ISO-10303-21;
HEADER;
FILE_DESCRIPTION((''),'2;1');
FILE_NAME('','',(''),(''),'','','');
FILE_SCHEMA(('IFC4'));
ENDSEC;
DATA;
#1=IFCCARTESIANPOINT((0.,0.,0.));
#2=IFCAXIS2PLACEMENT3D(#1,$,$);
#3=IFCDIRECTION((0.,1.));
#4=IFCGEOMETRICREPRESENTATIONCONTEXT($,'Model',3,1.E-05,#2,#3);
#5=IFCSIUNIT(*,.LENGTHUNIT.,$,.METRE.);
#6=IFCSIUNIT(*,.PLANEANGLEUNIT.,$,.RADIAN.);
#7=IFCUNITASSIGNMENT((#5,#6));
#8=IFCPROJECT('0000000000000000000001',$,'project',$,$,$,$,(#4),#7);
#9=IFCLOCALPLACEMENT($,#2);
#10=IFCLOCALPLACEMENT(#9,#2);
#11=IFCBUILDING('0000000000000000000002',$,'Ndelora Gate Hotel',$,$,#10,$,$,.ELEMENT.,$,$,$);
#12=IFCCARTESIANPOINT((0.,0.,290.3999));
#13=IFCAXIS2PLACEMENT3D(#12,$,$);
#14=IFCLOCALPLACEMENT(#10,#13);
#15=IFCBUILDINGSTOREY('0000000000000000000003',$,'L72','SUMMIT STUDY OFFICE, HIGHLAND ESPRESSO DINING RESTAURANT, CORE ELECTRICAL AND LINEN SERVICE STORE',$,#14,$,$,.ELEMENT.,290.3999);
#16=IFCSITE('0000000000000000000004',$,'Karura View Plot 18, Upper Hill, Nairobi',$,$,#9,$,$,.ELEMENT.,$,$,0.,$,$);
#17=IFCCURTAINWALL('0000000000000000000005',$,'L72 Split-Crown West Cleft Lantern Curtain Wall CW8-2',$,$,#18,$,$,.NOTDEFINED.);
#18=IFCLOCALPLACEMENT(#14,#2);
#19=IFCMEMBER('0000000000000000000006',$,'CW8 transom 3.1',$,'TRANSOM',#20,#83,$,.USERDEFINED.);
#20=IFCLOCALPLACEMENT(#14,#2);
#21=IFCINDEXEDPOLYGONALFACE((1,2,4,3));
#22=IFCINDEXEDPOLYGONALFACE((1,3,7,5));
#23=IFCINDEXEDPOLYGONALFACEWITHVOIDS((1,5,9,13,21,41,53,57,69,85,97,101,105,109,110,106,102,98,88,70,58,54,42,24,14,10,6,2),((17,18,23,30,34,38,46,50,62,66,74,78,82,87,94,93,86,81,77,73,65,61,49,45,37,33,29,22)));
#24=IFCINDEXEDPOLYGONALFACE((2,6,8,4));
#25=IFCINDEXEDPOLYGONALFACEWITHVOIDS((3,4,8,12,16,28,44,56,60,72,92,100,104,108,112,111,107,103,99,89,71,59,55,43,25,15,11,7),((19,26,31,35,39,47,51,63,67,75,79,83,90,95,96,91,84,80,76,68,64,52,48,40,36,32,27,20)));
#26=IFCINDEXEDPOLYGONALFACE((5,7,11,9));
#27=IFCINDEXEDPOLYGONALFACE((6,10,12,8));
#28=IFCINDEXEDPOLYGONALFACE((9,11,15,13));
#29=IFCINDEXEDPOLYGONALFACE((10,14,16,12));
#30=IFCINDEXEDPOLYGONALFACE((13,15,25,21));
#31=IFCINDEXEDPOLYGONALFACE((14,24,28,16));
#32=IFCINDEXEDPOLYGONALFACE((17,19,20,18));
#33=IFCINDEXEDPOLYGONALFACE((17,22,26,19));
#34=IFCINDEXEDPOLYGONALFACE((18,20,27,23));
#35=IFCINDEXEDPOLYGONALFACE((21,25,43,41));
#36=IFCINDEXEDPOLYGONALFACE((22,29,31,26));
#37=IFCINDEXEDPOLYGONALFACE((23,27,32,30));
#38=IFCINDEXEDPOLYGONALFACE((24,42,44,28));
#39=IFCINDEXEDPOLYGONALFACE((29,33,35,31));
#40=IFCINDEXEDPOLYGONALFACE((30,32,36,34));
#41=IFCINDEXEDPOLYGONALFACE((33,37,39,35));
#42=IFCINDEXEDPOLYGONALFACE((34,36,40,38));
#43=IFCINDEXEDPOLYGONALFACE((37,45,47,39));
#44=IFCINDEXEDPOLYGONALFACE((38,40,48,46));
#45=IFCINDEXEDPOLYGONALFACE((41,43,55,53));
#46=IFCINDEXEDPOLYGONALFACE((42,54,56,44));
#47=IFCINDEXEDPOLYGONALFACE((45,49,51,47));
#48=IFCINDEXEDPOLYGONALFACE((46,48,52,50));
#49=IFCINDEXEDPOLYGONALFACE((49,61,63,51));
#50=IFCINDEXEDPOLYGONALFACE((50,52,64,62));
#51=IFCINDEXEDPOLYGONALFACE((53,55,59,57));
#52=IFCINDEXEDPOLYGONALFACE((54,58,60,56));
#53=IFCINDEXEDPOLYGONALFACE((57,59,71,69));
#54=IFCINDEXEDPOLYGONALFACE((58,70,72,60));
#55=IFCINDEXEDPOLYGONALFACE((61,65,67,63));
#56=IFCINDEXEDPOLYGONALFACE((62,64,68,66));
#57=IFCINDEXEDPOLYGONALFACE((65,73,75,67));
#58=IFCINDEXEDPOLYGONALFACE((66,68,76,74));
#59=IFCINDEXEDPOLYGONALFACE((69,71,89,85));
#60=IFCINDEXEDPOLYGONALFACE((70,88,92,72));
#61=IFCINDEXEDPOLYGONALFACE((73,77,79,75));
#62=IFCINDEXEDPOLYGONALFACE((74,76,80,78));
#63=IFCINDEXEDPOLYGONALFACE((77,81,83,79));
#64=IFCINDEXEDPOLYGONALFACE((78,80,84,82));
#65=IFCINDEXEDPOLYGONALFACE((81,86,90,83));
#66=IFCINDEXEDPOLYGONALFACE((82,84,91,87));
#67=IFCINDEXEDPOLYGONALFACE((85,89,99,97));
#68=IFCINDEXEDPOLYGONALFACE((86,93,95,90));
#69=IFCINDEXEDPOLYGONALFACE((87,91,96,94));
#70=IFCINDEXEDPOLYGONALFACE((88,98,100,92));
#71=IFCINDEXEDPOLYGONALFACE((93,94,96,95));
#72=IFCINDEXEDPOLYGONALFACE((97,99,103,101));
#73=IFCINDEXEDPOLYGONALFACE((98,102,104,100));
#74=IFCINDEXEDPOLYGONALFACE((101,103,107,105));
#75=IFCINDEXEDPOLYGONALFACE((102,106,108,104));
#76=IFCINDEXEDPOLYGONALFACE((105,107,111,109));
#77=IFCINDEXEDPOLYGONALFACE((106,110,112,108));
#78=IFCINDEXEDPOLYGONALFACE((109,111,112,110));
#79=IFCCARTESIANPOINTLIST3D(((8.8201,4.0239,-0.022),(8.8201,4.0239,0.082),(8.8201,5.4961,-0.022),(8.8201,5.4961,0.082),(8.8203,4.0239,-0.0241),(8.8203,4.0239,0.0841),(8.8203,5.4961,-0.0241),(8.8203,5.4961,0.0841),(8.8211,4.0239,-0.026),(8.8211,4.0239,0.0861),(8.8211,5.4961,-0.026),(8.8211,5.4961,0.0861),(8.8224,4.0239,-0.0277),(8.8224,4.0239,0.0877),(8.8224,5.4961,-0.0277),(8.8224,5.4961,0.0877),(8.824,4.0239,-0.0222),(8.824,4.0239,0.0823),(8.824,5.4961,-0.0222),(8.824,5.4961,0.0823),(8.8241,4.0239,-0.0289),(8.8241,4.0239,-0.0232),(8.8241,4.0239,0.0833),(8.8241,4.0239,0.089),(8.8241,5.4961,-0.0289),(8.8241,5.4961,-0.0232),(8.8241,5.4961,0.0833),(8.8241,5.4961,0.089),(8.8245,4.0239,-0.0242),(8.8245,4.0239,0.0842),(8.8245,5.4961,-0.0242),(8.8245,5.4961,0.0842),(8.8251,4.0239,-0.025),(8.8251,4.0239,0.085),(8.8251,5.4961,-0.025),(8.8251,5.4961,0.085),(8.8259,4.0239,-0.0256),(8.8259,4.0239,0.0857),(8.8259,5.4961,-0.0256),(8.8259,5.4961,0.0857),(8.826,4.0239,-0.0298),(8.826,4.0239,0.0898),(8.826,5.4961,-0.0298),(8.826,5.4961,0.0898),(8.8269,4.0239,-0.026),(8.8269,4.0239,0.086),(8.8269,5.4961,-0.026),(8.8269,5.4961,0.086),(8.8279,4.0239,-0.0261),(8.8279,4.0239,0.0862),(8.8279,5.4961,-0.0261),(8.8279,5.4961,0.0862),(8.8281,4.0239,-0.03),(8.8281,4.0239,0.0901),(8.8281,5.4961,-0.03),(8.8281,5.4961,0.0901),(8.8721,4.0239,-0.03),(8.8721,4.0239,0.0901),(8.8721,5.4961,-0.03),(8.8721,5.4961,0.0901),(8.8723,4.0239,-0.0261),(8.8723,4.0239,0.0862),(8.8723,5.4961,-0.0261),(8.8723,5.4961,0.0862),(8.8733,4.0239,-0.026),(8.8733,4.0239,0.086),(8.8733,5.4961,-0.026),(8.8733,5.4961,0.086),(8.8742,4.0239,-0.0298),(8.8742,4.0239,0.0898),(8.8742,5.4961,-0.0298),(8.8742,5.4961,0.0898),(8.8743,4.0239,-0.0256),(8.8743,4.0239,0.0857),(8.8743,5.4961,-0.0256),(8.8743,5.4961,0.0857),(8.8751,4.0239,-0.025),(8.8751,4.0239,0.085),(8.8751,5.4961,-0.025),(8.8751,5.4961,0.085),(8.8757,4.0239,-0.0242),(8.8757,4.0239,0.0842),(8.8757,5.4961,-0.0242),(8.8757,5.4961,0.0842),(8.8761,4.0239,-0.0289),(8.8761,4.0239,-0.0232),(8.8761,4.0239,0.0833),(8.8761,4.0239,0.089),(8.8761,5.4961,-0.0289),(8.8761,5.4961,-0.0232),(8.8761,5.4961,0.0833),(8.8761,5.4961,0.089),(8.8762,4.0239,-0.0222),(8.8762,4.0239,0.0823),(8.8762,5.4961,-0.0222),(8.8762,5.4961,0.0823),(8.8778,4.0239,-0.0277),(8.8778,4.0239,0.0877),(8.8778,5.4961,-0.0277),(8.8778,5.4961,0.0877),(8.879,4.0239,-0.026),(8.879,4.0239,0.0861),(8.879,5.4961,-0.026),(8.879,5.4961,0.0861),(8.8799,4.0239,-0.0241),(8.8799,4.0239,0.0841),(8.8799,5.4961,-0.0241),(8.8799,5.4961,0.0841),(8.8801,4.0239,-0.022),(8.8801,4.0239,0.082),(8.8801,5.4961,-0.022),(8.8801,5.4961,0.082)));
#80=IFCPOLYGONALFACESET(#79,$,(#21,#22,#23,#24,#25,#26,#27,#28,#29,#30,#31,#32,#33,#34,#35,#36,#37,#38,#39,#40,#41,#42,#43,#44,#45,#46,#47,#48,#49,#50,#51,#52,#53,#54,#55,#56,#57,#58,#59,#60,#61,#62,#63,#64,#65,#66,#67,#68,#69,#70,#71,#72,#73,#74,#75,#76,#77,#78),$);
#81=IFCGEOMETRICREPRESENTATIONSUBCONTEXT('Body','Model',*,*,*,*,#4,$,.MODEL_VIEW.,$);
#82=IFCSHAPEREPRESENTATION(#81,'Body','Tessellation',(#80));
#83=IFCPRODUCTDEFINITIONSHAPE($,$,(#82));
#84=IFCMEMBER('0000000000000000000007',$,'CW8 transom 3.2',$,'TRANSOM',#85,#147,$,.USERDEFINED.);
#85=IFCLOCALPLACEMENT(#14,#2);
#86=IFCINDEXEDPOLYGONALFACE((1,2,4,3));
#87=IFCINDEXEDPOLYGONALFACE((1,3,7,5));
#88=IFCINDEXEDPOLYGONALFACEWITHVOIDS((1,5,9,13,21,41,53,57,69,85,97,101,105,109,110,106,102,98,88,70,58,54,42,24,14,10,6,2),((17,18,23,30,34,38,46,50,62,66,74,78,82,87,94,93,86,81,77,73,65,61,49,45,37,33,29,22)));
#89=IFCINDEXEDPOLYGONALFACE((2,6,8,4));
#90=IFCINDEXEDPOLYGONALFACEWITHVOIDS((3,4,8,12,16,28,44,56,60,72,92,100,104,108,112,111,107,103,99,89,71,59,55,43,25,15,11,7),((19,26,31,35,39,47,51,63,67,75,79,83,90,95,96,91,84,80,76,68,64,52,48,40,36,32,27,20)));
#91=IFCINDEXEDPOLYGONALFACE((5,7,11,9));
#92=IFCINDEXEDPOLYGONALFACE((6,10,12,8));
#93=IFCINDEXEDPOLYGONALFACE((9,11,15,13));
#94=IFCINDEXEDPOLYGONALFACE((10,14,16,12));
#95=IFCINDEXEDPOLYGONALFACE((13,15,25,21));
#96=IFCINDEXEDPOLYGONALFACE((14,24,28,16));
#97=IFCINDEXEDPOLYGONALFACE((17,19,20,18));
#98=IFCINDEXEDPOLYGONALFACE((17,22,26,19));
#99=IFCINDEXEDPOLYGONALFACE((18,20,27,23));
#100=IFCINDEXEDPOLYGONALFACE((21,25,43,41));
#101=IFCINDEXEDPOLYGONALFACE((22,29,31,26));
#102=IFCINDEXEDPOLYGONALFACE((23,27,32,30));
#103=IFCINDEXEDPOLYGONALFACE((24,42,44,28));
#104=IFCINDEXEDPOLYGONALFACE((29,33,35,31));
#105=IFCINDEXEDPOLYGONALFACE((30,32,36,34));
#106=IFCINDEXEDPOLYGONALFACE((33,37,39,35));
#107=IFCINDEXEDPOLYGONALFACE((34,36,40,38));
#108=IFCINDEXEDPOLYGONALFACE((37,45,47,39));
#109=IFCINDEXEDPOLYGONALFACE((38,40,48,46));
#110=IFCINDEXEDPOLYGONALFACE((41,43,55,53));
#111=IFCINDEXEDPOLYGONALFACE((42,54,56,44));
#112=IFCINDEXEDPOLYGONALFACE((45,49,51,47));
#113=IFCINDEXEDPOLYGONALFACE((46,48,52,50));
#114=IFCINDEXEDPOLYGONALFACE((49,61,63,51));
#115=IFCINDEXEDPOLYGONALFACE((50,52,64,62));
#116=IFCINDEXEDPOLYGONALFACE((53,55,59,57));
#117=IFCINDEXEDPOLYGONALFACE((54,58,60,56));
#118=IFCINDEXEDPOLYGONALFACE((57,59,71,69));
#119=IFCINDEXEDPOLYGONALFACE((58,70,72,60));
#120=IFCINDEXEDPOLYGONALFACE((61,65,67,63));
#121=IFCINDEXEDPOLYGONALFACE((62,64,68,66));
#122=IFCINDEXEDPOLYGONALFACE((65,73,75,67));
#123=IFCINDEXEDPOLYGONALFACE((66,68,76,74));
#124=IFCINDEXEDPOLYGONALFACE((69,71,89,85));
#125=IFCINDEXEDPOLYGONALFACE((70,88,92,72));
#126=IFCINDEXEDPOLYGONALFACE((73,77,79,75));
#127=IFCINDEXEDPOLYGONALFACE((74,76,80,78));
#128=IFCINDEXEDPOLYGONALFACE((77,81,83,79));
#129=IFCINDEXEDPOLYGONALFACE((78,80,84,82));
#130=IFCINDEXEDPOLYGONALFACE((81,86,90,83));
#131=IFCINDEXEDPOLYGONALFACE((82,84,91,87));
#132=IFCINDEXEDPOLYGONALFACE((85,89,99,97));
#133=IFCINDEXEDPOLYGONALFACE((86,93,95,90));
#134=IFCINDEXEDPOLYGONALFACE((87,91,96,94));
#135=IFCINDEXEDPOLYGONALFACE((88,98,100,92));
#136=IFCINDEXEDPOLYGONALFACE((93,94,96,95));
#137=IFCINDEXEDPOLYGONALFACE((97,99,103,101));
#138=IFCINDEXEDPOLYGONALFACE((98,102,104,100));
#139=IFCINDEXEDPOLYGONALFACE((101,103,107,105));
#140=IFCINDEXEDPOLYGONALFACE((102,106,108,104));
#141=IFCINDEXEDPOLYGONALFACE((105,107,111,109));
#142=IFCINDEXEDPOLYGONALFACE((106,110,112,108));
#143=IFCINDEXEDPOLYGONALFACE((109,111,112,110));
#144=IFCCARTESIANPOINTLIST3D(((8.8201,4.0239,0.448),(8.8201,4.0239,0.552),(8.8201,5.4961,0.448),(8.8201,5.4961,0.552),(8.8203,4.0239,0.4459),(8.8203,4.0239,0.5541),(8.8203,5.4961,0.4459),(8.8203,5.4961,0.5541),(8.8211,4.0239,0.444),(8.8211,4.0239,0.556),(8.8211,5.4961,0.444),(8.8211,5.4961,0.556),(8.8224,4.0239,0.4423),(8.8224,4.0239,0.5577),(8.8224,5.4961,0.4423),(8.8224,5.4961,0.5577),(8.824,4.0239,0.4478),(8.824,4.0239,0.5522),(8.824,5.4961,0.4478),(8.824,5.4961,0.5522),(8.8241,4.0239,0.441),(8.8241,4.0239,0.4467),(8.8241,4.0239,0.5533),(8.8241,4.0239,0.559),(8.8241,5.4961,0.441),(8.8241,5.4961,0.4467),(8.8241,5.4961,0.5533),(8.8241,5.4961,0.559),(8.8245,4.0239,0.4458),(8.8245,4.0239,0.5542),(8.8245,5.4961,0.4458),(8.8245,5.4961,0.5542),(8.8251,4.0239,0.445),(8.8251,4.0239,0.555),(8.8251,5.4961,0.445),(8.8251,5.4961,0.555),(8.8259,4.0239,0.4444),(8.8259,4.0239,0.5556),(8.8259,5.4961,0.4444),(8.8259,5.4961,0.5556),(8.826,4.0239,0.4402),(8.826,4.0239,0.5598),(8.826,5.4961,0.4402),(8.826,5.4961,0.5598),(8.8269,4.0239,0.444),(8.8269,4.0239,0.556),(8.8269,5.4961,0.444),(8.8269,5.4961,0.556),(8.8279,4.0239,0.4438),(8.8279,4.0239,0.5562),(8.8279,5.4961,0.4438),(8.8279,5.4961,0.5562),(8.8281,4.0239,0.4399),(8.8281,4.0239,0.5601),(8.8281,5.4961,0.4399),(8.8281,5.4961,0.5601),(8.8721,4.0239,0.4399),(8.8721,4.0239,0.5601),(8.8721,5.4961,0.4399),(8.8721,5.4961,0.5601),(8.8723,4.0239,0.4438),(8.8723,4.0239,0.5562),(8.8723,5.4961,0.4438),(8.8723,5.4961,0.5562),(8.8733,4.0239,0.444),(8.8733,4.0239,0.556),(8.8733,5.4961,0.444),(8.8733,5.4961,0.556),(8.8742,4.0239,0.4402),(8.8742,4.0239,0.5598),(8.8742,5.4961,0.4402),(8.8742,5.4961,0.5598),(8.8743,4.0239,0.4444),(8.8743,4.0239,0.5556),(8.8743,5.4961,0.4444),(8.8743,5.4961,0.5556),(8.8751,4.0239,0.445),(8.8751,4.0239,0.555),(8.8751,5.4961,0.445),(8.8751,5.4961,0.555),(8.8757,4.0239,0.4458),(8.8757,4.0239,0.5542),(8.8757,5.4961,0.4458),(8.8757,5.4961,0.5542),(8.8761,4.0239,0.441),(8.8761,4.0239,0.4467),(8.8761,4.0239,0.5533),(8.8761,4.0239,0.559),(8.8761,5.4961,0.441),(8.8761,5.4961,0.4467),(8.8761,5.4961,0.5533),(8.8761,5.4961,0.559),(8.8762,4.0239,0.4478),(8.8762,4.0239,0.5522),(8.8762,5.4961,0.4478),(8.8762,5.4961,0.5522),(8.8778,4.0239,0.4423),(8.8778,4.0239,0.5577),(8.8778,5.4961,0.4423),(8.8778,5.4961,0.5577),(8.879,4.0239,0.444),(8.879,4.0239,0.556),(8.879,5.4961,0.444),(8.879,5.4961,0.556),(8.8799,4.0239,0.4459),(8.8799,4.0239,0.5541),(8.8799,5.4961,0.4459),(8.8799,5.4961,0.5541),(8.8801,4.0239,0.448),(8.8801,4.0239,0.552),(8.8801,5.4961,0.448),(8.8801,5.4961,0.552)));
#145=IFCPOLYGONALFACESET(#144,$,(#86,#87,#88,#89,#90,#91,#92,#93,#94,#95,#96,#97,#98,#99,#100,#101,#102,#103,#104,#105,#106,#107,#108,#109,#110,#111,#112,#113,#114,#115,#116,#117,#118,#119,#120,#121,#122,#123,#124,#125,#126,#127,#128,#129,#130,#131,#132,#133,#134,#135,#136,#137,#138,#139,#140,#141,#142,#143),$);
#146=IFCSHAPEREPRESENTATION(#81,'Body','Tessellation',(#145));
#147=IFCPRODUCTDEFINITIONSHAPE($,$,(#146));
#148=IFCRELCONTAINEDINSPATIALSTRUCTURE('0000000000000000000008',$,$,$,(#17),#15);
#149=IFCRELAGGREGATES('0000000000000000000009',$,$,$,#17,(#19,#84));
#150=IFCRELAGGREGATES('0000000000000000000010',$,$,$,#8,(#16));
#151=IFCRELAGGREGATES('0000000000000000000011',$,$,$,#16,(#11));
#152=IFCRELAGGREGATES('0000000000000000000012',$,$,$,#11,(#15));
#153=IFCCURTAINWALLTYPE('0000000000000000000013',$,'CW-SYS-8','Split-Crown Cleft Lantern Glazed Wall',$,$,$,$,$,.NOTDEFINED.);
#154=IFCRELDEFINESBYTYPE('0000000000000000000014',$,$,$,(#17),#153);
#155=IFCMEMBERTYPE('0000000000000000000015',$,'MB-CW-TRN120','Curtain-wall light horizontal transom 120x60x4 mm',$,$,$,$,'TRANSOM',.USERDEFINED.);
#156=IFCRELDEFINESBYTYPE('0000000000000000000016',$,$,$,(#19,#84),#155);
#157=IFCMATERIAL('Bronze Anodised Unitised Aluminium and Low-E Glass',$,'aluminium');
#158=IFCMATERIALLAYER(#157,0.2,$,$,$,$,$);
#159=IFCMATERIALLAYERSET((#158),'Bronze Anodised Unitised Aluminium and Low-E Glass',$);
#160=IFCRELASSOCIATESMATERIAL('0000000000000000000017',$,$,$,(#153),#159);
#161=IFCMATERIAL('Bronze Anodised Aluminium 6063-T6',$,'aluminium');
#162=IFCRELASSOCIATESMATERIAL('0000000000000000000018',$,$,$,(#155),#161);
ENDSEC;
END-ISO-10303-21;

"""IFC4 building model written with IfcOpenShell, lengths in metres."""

from ifc_helpers import new_model, si_unit, direction, frame, origin, origin_2d, place, context, subcontext, project, spatial, hollow_rectangle, extrude, material, layer, layer_set, material_profile, profile_set, type_object, element, aggregate, save


model = new_model("IFC4")

# Units and contexts
model_context = context("Model", 3, precision=1e-05, world=origin(), true_north=direction((0.0, 1.0)))
body_context = subcontext(model_context, "Body", "Model", "MODEL_VIEW")
ifc_project = project(units=[si_unit("LENGTHUNIT", "METRE"), si_unit("PLANEANGLEUNIT", "RADIAN")], contexts=[model_context])

# Site, building, storey
site_placement = place(None, origin())
site = spatial("IfcSite", under=ifc_project, at=site_placement, Name="Karura View Plot 18, Upper Hill, Nairobi", CompositionType="ELEMENT", RefElevation=0.0)
building_placement = place(site_placement, origin())
building = spatial("IfcBuilding", under=site, at=building_placement, Name="Ndelora Gate Hotel", CompositionType="ELEMENT")
storey_placement = place(building_placement, frame((0.0, 0.0, 290.3999)))
storey = spatial("IfcBuildingStorey", under=building, at=storey_placement, Name="L72", Description="SUMMIT STUDY OFFICE, HIGHLAND ESPRESSO DINING RESTAURANT, CORE ELECTRICAL AND LINEN SERVICE STORE", CompositionType="ELEMENT", Elevation=290.3999)

# Curtain wall
ifc_material_1 = material(Name="Bronze Anodised Unitised Aluminium and Low-E Glass", Category="aluminium")
ifc_layer_1 = layer(ifc_material_1, 0.2)
ifc_layer_set_1 = layer_set([ifc_layer_1], Name="Bronze Anodised Unitised Aluminium and Low-E Glass")
curtain_wall_type = type_object("IfcCurtainWallType", Name="CW-SYS-8", Description="Split-Crown Cleft Lantern Glazed Wall", PredefinedType="NOTDEFINED", material=ifc_layer_set_1)
curtain_wall_1_placement = place(storey_placement, origin())
curtain_wall_1 = element("IfcCurtainWall", 1, at=curtain_wall_1_placement, inside=storey, type_object=curtain_wall_type, Name="L72 Split-Crown West Cleft Lantern Curtain Wall CW8-2", PredefinedType="NOTDEFINED")
ifc_material_2 = material(Name="Bronze Anodised Aluminium 6063-T6", Category="aluminium")

# Members
ifc_material_profile_1 = material_profile(ifc_material_2, hollow_rectangle(XDim=0.0601, YDim=0.1201, WallThickness=0.0039, InnerFilletRadius=0.0039, OuterFilletRadius=0.0081, at=origin_2d()), Name="ALU 120x60x4")
ifc_profile_set_1 = profile_set([ifc_material_profile_1], Name="Bronze Anodised Aluminium 6063-T6")
member_type_1 = type_object("IfcMemberType", Name="MB-CW-TRN120", Description="Curtain-wall light horizontal transom 120x60x4 mm", ElementType="TRANSOM", PredefinedType="USERDEFINED", material=ifc_profile_set_1)
member_1_placement = place(storey_placement, frame((8.8501, 4.0239, 0.03), z_axis=(0.0, 1.0, 0.0), x_axis=(-1.0, 0.0, 0.0)))
member_1 = element("IfcMember", 2, at=member_1_placement, type_object=member_type_1, Name="CW8 transom 3.1", ObjectType="TRANSOM", PredefinedType="USERDEFINED", context=body_context, shape_type="SweptSolid", body=[
    extrude(hollow_rectangle(XDim=0.0601, YDim=0.1201, WallThickness=0.0039, InnerFilletRadius=0.0039, OuterFilletRadius=0.0081, at=origin_2d()), origin(), (0.0, 0.0, 1.0), 1.4722),
])
member_2_placement = place(storey_placement, frame((8.8501, 4.0239, 0.5), z_axis=(0.0, 1.0, 0.0), x_axis=(-1.0, 0.0, 0.0)))
member_2 = element("IfcMember", 3, at=member_2_placement, type_object=member_type_1, Name="CW8 transom 3.2", ObjectType="TRANSOM", PredefinedType="USERDEFINED", context=body_context, shape_type="SweptSolid", body=[
    extrude(hollow_rectangle(XDim=0.0601, YDim=0.1201, WallThickness=0.0039, InnerFilletRadius=0.0039, OuterFilletRadius=0.0081, at=origin_2d()), origin(), (0.0, 0.0, 1.0), 1.4722),
])

aggregate(curtain_wall_1, [member_1, member_2])

save(model, "model.ifc")
